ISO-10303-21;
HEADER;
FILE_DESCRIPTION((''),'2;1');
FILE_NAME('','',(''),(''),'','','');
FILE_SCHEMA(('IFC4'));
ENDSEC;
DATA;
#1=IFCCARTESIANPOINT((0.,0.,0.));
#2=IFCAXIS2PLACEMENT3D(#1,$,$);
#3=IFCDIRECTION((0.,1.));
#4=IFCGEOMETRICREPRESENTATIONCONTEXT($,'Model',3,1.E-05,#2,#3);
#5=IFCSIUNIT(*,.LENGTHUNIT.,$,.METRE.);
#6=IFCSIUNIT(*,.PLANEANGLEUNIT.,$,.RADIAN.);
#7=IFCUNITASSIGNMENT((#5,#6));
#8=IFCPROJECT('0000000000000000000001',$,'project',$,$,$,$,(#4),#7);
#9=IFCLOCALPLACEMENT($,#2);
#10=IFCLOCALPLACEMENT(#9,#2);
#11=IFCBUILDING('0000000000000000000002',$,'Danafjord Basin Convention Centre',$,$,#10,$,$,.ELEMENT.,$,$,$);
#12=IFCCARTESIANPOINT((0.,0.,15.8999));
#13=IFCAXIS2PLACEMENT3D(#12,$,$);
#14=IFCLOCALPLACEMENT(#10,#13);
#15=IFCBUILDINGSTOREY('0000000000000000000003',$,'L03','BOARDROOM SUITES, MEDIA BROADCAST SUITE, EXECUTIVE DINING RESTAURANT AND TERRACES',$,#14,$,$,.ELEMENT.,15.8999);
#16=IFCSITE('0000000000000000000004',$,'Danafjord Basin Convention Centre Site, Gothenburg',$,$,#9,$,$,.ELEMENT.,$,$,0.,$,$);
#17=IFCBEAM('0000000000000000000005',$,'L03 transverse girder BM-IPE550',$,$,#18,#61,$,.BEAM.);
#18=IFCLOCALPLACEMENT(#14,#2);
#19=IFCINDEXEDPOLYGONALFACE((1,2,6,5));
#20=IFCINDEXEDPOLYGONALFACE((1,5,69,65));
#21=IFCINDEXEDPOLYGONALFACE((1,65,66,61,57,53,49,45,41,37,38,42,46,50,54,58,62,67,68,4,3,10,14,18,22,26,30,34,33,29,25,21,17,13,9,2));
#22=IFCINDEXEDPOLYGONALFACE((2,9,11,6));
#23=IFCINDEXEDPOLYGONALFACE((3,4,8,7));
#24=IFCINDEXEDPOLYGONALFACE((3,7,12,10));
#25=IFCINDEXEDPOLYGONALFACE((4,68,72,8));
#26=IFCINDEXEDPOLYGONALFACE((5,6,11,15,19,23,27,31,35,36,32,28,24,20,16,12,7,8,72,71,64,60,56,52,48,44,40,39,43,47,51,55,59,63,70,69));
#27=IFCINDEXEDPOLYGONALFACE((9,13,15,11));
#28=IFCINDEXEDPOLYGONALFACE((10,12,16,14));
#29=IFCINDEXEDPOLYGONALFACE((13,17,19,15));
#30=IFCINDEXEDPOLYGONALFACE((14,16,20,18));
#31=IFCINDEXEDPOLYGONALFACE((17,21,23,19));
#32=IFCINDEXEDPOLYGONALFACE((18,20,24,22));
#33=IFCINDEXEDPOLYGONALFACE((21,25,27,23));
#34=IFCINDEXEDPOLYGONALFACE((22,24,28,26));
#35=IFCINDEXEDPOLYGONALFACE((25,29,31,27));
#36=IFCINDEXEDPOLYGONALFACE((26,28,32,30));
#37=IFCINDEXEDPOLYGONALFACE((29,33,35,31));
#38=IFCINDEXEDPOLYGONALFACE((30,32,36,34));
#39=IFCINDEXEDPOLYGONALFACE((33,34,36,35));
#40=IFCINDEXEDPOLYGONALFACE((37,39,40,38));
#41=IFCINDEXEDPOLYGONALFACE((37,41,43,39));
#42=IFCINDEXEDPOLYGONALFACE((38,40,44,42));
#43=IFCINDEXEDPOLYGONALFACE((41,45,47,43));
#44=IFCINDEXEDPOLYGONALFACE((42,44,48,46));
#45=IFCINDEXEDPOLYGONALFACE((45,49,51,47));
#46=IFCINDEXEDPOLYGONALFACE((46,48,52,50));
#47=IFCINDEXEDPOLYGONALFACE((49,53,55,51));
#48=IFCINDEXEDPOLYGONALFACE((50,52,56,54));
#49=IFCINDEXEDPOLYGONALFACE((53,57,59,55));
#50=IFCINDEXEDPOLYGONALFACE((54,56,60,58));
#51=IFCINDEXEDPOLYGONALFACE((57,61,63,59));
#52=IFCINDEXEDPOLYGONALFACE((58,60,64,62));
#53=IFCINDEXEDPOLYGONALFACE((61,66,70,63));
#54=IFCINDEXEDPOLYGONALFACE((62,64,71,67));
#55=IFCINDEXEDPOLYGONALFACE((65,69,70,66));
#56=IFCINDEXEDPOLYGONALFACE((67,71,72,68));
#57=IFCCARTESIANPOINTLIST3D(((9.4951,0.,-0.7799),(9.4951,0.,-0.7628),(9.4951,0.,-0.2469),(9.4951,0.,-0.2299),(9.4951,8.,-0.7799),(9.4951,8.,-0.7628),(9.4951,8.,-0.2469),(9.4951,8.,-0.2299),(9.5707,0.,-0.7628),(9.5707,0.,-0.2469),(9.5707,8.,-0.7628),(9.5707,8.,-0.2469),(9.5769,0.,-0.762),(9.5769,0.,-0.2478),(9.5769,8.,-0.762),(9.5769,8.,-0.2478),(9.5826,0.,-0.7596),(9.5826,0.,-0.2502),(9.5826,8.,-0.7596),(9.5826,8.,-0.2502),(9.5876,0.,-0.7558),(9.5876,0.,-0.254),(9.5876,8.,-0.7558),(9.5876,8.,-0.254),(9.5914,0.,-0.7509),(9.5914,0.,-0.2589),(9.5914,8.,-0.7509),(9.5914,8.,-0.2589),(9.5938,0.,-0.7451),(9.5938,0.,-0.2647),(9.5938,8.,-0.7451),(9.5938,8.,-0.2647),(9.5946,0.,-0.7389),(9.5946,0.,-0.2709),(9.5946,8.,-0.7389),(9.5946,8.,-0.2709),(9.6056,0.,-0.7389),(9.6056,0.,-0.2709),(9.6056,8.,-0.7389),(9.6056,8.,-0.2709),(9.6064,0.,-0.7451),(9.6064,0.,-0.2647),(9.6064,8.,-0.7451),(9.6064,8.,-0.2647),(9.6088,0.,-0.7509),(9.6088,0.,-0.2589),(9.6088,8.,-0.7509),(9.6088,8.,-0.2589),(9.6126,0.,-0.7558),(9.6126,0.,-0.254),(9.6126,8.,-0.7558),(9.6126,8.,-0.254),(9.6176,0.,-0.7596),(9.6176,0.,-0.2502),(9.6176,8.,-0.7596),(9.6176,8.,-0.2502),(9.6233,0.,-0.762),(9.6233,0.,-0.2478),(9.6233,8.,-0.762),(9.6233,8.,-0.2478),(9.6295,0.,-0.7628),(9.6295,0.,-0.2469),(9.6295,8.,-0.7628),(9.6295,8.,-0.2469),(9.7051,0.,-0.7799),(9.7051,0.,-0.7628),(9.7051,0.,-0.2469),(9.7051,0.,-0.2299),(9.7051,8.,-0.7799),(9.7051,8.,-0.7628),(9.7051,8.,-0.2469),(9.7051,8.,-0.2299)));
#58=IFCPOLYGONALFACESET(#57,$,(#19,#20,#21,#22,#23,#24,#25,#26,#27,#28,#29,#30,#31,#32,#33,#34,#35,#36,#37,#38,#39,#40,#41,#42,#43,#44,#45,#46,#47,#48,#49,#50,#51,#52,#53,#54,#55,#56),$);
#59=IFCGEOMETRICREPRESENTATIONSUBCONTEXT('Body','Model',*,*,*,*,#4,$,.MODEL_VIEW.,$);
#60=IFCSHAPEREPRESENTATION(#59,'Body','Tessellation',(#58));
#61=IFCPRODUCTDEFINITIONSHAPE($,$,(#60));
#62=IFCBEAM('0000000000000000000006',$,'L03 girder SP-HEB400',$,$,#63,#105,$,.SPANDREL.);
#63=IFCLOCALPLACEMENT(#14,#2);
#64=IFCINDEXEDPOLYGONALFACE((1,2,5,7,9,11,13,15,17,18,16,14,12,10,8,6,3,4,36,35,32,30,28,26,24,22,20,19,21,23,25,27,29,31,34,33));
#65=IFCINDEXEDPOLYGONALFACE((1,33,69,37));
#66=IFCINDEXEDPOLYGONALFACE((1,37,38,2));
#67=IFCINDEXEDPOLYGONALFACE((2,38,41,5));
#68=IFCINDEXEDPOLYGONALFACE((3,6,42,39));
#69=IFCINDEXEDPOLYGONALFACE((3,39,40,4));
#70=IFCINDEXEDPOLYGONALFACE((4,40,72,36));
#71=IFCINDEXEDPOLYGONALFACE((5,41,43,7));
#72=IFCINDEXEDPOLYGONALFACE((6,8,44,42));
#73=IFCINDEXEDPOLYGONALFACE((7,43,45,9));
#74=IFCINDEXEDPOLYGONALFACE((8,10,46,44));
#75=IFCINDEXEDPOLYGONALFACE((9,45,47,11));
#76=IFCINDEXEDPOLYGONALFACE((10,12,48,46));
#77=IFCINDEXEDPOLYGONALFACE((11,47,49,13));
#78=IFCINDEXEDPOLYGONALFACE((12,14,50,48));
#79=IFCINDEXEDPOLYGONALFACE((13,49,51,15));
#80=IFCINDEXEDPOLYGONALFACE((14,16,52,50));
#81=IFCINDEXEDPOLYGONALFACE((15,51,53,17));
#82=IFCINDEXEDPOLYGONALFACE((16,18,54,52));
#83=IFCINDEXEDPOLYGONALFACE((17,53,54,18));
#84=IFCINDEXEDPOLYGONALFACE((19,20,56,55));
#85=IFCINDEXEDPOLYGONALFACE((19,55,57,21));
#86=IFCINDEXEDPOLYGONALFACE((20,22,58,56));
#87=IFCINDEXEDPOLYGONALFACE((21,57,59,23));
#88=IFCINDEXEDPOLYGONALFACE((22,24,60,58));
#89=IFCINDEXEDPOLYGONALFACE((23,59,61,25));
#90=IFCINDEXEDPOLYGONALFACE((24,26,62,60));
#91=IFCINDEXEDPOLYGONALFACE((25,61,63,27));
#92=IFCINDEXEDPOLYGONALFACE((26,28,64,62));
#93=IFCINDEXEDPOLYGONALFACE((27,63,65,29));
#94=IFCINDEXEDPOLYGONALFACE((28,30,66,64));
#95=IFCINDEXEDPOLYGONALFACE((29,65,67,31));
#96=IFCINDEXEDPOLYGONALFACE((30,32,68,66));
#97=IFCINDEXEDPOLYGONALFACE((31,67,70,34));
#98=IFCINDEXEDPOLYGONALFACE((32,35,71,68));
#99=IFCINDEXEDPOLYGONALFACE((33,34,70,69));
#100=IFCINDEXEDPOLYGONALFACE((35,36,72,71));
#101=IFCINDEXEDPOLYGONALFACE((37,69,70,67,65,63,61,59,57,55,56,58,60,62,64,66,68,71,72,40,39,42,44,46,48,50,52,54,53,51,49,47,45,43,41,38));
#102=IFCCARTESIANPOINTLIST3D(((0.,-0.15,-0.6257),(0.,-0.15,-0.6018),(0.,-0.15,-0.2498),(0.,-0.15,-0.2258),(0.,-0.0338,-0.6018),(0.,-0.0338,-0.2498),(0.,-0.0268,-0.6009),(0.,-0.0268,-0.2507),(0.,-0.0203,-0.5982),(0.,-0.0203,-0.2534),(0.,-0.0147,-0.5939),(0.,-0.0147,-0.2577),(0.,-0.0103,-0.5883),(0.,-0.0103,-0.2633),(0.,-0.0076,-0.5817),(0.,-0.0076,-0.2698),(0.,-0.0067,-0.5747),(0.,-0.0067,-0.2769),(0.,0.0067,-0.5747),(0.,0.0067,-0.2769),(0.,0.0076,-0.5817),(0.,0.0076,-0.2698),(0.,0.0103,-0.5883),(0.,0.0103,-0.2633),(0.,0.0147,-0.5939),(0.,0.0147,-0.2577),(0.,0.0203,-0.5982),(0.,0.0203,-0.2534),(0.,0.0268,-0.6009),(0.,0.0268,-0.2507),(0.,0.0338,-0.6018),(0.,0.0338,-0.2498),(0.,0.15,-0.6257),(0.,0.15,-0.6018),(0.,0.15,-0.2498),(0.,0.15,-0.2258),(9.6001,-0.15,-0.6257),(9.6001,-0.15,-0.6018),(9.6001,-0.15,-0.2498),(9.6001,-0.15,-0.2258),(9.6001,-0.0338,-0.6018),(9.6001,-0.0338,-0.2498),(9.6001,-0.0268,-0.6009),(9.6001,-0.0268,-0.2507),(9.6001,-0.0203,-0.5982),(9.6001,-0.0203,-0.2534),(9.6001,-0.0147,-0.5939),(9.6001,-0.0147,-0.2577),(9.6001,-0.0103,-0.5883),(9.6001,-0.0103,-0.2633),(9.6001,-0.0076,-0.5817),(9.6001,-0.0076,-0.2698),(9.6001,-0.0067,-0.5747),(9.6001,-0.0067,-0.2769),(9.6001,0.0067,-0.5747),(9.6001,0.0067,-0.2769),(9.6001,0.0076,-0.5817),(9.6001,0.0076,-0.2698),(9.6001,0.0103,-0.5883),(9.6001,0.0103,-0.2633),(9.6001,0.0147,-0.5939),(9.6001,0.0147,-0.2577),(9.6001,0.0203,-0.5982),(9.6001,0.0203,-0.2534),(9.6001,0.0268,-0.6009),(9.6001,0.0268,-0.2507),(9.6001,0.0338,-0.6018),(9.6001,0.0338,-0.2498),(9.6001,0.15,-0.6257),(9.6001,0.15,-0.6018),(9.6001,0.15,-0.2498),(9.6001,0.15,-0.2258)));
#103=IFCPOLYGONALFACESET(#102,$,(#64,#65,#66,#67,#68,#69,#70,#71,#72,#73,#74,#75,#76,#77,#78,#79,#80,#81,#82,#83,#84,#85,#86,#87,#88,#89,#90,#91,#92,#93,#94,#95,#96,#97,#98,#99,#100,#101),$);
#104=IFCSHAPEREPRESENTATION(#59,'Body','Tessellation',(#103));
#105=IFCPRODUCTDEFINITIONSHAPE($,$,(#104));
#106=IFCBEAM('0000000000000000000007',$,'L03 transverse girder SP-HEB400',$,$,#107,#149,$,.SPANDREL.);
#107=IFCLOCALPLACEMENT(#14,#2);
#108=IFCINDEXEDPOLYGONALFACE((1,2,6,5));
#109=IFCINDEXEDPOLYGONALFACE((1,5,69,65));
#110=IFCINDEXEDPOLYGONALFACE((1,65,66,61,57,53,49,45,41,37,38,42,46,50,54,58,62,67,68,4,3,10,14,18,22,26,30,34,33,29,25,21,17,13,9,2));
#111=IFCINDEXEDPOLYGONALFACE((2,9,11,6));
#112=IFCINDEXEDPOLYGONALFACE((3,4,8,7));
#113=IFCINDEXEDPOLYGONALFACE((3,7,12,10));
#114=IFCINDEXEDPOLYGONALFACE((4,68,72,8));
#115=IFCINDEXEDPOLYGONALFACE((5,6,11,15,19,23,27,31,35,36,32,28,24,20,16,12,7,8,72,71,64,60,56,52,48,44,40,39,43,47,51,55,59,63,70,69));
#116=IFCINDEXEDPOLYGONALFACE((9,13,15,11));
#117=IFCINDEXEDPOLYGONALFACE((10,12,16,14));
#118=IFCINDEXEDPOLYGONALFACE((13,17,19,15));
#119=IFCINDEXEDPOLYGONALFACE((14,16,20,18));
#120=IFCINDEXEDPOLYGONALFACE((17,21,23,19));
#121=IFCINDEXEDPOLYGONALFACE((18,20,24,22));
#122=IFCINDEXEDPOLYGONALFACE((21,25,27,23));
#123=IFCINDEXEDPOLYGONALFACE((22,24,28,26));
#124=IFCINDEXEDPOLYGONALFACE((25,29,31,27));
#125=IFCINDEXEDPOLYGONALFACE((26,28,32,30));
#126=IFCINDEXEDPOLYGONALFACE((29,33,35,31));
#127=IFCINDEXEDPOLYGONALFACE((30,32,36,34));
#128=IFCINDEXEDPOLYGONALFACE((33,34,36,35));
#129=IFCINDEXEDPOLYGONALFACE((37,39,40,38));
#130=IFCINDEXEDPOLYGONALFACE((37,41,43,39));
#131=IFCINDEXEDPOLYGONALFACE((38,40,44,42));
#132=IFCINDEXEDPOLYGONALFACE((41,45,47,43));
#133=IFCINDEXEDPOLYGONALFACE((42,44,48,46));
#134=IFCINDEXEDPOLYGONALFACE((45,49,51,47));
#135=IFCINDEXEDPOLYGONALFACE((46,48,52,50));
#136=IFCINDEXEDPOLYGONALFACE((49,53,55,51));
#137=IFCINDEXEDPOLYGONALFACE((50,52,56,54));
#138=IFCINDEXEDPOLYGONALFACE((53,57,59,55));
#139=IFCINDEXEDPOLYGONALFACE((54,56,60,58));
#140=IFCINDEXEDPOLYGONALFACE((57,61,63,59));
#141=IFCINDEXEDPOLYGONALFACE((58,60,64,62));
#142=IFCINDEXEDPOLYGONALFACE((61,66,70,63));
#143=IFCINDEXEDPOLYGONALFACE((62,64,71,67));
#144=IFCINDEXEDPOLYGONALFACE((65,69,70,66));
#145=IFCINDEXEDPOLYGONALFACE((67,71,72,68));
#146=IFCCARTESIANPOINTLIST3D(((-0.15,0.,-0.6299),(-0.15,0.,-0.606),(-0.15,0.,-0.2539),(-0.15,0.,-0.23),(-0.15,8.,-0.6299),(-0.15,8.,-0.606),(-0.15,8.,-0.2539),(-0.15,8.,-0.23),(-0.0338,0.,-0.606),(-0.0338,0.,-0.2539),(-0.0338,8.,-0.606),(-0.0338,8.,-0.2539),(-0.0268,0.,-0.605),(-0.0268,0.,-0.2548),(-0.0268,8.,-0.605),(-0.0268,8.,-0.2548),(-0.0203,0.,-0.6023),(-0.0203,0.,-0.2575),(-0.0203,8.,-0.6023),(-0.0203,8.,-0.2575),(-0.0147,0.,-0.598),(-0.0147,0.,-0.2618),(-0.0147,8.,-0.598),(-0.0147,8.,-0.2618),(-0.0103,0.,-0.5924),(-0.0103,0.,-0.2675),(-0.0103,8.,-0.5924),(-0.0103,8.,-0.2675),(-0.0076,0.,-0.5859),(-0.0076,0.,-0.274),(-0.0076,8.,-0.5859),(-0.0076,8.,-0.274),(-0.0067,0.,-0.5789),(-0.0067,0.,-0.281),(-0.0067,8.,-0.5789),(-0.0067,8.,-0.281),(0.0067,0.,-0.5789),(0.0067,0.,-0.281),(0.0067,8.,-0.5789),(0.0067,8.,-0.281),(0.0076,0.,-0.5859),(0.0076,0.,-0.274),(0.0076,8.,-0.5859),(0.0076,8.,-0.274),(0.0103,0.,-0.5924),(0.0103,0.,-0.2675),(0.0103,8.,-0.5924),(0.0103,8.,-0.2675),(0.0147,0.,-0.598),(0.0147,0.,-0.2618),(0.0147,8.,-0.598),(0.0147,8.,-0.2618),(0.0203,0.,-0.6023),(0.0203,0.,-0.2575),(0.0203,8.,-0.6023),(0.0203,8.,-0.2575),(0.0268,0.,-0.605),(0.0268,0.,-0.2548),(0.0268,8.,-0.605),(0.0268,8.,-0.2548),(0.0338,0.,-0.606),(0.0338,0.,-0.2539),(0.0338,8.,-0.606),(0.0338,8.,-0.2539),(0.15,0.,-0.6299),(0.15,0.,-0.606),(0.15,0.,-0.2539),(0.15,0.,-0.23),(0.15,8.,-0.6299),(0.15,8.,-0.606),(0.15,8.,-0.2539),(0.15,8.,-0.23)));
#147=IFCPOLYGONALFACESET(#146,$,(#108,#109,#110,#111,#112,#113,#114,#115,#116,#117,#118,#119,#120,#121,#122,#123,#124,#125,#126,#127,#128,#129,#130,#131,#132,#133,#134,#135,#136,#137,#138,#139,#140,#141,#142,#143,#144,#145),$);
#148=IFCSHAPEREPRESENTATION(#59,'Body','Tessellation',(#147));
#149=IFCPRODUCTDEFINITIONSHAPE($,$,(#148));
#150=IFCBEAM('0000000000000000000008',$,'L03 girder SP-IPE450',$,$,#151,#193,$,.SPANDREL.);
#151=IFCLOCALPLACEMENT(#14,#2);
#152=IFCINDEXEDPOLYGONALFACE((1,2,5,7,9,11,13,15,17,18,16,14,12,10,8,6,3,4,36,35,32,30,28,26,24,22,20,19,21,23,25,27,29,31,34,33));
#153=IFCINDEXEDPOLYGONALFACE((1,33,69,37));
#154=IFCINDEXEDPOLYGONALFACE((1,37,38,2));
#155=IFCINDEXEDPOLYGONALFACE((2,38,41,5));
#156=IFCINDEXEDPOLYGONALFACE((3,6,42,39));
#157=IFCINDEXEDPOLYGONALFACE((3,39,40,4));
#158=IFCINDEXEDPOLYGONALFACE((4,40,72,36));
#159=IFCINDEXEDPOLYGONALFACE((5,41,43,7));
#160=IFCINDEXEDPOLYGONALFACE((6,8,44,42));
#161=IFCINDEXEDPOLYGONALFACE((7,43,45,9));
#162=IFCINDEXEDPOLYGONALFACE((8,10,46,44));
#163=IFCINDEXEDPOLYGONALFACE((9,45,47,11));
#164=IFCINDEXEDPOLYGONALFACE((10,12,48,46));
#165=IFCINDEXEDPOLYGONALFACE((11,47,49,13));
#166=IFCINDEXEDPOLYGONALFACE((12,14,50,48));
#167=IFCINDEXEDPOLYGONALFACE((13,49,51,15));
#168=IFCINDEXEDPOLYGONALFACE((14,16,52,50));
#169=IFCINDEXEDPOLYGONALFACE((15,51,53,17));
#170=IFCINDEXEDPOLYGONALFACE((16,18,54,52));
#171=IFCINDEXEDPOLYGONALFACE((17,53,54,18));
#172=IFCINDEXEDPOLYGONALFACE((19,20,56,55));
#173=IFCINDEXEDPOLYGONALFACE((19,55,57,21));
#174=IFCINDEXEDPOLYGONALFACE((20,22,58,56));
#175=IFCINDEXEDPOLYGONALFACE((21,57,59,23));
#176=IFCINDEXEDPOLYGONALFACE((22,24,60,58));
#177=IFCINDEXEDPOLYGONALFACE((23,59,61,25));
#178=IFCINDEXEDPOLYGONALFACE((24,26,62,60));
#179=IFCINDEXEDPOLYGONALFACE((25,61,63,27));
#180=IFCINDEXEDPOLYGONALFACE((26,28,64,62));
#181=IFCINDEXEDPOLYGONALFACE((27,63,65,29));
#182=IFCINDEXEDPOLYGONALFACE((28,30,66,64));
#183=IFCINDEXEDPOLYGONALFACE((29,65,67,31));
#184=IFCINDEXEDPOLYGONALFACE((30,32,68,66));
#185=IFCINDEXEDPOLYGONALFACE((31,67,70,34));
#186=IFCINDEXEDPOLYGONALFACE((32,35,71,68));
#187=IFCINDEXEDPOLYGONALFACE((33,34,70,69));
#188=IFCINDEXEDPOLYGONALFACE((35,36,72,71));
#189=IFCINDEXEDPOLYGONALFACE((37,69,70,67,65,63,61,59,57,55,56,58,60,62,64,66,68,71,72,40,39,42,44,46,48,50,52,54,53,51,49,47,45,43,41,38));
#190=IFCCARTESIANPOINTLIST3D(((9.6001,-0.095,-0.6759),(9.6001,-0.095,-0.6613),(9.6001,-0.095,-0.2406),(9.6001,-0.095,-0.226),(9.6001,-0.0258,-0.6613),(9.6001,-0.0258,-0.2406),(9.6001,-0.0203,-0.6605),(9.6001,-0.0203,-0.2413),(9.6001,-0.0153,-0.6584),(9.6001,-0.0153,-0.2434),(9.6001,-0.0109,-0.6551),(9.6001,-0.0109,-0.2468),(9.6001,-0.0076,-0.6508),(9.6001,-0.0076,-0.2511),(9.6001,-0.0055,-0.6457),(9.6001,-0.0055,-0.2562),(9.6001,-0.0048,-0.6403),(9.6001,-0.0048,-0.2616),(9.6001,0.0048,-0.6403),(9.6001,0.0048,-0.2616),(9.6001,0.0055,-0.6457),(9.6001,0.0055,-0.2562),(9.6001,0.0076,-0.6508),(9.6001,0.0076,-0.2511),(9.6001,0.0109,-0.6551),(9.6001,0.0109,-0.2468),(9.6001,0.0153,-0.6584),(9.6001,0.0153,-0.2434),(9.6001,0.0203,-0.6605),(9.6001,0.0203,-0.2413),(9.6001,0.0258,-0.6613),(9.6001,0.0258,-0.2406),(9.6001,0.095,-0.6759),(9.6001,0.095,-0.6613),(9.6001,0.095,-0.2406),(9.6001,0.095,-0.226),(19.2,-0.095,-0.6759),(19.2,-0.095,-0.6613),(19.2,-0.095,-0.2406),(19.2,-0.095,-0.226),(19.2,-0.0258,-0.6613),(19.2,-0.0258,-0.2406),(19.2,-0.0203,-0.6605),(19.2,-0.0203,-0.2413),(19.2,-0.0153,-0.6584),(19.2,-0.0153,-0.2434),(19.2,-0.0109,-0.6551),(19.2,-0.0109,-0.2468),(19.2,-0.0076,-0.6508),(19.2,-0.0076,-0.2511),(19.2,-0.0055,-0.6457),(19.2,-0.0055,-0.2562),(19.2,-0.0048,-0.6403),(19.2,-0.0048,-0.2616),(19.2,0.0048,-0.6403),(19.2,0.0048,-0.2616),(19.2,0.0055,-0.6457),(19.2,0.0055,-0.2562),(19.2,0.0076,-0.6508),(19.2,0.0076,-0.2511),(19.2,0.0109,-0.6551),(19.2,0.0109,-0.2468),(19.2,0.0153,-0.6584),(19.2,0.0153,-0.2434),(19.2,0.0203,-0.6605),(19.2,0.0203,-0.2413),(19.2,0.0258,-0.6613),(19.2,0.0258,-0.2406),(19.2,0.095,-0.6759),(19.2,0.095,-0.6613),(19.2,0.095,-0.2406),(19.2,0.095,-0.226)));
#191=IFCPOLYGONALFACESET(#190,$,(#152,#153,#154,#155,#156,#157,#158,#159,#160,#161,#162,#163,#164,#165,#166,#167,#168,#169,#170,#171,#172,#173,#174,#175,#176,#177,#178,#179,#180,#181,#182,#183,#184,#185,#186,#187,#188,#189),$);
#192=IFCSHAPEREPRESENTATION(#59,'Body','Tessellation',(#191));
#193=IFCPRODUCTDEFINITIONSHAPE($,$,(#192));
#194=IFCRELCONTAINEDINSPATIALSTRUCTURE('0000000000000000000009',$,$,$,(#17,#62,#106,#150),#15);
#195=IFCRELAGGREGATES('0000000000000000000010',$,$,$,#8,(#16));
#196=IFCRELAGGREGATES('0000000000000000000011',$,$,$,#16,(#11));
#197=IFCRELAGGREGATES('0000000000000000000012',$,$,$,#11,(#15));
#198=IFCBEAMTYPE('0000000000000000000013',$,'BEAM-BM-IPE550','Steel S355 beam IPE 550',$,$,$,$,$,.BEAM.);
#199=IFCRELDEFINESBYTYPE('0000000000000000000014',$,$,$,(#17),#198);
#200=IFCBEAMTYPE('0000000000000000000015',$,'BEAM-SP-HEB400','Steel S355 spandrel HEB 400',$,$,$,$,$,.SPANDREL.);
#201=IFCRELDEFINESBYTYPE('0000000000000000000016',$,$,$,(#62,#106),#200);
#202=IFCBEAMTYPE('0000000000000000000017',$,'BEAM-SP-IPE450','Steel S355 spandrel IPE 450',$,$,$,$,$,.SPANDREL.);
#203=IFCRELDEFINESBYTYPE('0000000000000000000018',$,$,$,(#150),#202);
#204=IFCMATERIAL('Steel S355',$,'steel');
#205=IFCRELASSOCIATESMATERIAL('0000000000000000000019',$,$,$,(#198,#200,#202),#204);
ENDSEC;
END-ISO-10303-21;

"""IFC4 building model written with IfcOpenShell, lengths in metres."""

from ifc_helpers import new_model, si_unit, direction, frame, origin, origin_2d, place, context, subcontext, project, spatial, i_section, extrude, material, material_profile, profile_set, type_object, element, save


model = new_model("IFC4")

# Units and contexts
model_context = context("Model", 3, precision=1e-05, world=origin(), true_north=direction((0.0, 1.0)))
body_context = subcontext(model_context, "Body", "Model", "MODEL_VIEW")
ifc_project = project(units=[si_unit("LENGTHUNIT", "METRE"), si_unit("PLANEANGLEUNIT", "RADIAN")], contexts=[model_context])

# Site, building, storey
site_placement = place(None, origin())
site = spatial("IfcSite", under=ifc_project, at=site_placement, Name="Danafjord Basin Convention Centre Site, Gothenburg", CompositionType="ELEMENT", RefElevation=0.0)
building_placement = place(site_placement, origin())
building = spatial("IfcBuilding", under=site, at=building_placement, Name="Danafjord Basin Convention Centre", CompositionType="ELEMENT")
storey_placement = place(building_placement, frame((0.0, 0.0, 15.8999)))
storey = spatial("IfcBuildingStorey", under=building, at=storey_placement, Name="L03", Description="BOARDROOM SUITES, MEDIA BROADCAST SUITE, EXECUTIVE DINING RESTAURANT AND TERRACES", CompositionType="ELEMENT", Elevation=15.8999)

# Beams
ifc_material_1 = material(Name="Steel S355", Category="steel")
ifc_material_profile_1 = material_profile(ifc_material_1, i_section(OverallWidth=0.21, OverallDepth=0.55, WebThickness=0.011, FlangeThickness=0.0171, FilletRadius=0.0239, at=origin_2d()), Name="IPE 550")
ifc_profile_set_1 = profile_set([ifc_material_profile_1], Name="Steel S355")
beam_type_1 = type_object("IfcBeamType", Name="BEAM-BM-IPE550", Description="Steel S355 beam IPE 550", PredefinedType="BEAM", material=ifc_profile_set_1)
beam_1_placement = place(storey_placement, frame((9.6001, 0.0, -0.5049), z_axis=(0.0, 1.0, 0.0), x_axis=(-1.0, 0.0, 0.0)))
element("IfcBeam", 1, at=beam_1_placement, inside=storey, type_object=beam_type_1, Name="L03 transverse girder BM-IPE550", PredefinedType="BEAM", context=body_context, shape_type="SweptSolid", body=[
    extrude(i_section(OverallWidth=0.21, OverallDepth=0.55, WebThickness=0.011, FlangeThickness=0.0171, FilletRadius=0.0239, at=origin_2d()), origin(), (0.0, 0.0, 1.0), 8.0),
])
ifc_material_profile_2 = material_profile(ifc_material_1, i_section(OverallWidth=0.3, OverallDepth=0.3999, WebThickness=0.0134, FlangeThickness=0.0239, FilletRadius=0.0271, at=origin_2d()), Name="HEB 400")
ifc_profile_set_2 = profile_set([ifc_material_profile_2], Name="Steel S355")
beam_type_2 = type_object("IfcBeamType", Name="BEAM-SP-HEB400", Description="Steel S355 spandrel HEB 400", PredefinedType="SPANDREL", material=ifc_profile_set_2)
beam_2_placement = place(storey_placement, frame((0.0, 0.0, -0.4258), z_axis=(1.0, 0.0, 0.0), x_axis=(0.0, 1.0, 0.0)))
element("IfcBeam", 2, at=beam_2_placement, inside=storey, type_object=beam_type_2, Name="L03 girder SP-HEB400", PredefinedType="SPANDREL", context=body_context, shape_type="SweptSolid", body=[
    extrude(i_section(OverallWidth=0.3, OverallDepth=0.3999, WebThickness=0.0134, FlangeThickness=0.0239, FilletRadius=0.0271, at=origin_2d()), origin(), (0.0, 0.0, 1.0), 9.6001),
])
beam_3_placement = place(storey_placement, frame((0.0, 0.0, -0.4299), z_axis=(0.0, 1.0, 0.0), x_axis=(-1.0, 0.0, 0.0)))
element("IfcBeam", 3, at=beam_3_placement, inside=storey, type_object=beam_type_2, Name="L03 transverse girder SP-HEB400", PredefinedType="SPANDREL", context=body_context, shape_type="SweptSolid", body=[
    extrude(i_section(OverallWidth=0.3, OverallDepth=0.3999, WebThickness=0.0134, FlangeThickness=0.0239, FilletRadius=0.0271, at=origin_2d()), origin(), (0.0, 0.0, 1.0), 8.0),
])
ifc_material_profile_3 = material_profile(ifc_material_1, i_section(OverallWidth=0.1899, OverallDepth=0.45, WebThickness=0.0095, FlangeThickness=0.0146, FilletRadius=0.021, at=origin_2d()), Name="IPE 450")
ifc_profile_set_3 = profile_set([ifc_material_profile_3], Name="Steel S355")
beam_type_3 = type_object("IfcBeamType", Name="BEAM-SP-IPE450", Description="Steel S355 spandrel IPE 450", PredefinedType="SPANDREL", material=ifc_profile_set_3)
beam_4_placement = place(storey_placement, frame((9.6001, 0.0, -0.4509), z_axis=(1.0, 0.0, 0.0), x_axis=(0.0, 1.0, 0.0)))
element("IfcBeam", 4, at=beam_4_placement, inside=storey, type_object=beam_type_3, Name="L03 girder SP-IPE450", PredefinedType="SPANDREL", context=body_context, shape_type="SweptSolid", body=[
    extrude(i_section(OverallWidth=0.1899, OverallDepth=0.45, WebThickness=0.0095, FlangeThickness=0.0146, FilletRadius=0.021, at=origin_2d()), origin(), (0.0, 0.0, 1.0), 9.5999),
])

save(model, "model.ifc")
